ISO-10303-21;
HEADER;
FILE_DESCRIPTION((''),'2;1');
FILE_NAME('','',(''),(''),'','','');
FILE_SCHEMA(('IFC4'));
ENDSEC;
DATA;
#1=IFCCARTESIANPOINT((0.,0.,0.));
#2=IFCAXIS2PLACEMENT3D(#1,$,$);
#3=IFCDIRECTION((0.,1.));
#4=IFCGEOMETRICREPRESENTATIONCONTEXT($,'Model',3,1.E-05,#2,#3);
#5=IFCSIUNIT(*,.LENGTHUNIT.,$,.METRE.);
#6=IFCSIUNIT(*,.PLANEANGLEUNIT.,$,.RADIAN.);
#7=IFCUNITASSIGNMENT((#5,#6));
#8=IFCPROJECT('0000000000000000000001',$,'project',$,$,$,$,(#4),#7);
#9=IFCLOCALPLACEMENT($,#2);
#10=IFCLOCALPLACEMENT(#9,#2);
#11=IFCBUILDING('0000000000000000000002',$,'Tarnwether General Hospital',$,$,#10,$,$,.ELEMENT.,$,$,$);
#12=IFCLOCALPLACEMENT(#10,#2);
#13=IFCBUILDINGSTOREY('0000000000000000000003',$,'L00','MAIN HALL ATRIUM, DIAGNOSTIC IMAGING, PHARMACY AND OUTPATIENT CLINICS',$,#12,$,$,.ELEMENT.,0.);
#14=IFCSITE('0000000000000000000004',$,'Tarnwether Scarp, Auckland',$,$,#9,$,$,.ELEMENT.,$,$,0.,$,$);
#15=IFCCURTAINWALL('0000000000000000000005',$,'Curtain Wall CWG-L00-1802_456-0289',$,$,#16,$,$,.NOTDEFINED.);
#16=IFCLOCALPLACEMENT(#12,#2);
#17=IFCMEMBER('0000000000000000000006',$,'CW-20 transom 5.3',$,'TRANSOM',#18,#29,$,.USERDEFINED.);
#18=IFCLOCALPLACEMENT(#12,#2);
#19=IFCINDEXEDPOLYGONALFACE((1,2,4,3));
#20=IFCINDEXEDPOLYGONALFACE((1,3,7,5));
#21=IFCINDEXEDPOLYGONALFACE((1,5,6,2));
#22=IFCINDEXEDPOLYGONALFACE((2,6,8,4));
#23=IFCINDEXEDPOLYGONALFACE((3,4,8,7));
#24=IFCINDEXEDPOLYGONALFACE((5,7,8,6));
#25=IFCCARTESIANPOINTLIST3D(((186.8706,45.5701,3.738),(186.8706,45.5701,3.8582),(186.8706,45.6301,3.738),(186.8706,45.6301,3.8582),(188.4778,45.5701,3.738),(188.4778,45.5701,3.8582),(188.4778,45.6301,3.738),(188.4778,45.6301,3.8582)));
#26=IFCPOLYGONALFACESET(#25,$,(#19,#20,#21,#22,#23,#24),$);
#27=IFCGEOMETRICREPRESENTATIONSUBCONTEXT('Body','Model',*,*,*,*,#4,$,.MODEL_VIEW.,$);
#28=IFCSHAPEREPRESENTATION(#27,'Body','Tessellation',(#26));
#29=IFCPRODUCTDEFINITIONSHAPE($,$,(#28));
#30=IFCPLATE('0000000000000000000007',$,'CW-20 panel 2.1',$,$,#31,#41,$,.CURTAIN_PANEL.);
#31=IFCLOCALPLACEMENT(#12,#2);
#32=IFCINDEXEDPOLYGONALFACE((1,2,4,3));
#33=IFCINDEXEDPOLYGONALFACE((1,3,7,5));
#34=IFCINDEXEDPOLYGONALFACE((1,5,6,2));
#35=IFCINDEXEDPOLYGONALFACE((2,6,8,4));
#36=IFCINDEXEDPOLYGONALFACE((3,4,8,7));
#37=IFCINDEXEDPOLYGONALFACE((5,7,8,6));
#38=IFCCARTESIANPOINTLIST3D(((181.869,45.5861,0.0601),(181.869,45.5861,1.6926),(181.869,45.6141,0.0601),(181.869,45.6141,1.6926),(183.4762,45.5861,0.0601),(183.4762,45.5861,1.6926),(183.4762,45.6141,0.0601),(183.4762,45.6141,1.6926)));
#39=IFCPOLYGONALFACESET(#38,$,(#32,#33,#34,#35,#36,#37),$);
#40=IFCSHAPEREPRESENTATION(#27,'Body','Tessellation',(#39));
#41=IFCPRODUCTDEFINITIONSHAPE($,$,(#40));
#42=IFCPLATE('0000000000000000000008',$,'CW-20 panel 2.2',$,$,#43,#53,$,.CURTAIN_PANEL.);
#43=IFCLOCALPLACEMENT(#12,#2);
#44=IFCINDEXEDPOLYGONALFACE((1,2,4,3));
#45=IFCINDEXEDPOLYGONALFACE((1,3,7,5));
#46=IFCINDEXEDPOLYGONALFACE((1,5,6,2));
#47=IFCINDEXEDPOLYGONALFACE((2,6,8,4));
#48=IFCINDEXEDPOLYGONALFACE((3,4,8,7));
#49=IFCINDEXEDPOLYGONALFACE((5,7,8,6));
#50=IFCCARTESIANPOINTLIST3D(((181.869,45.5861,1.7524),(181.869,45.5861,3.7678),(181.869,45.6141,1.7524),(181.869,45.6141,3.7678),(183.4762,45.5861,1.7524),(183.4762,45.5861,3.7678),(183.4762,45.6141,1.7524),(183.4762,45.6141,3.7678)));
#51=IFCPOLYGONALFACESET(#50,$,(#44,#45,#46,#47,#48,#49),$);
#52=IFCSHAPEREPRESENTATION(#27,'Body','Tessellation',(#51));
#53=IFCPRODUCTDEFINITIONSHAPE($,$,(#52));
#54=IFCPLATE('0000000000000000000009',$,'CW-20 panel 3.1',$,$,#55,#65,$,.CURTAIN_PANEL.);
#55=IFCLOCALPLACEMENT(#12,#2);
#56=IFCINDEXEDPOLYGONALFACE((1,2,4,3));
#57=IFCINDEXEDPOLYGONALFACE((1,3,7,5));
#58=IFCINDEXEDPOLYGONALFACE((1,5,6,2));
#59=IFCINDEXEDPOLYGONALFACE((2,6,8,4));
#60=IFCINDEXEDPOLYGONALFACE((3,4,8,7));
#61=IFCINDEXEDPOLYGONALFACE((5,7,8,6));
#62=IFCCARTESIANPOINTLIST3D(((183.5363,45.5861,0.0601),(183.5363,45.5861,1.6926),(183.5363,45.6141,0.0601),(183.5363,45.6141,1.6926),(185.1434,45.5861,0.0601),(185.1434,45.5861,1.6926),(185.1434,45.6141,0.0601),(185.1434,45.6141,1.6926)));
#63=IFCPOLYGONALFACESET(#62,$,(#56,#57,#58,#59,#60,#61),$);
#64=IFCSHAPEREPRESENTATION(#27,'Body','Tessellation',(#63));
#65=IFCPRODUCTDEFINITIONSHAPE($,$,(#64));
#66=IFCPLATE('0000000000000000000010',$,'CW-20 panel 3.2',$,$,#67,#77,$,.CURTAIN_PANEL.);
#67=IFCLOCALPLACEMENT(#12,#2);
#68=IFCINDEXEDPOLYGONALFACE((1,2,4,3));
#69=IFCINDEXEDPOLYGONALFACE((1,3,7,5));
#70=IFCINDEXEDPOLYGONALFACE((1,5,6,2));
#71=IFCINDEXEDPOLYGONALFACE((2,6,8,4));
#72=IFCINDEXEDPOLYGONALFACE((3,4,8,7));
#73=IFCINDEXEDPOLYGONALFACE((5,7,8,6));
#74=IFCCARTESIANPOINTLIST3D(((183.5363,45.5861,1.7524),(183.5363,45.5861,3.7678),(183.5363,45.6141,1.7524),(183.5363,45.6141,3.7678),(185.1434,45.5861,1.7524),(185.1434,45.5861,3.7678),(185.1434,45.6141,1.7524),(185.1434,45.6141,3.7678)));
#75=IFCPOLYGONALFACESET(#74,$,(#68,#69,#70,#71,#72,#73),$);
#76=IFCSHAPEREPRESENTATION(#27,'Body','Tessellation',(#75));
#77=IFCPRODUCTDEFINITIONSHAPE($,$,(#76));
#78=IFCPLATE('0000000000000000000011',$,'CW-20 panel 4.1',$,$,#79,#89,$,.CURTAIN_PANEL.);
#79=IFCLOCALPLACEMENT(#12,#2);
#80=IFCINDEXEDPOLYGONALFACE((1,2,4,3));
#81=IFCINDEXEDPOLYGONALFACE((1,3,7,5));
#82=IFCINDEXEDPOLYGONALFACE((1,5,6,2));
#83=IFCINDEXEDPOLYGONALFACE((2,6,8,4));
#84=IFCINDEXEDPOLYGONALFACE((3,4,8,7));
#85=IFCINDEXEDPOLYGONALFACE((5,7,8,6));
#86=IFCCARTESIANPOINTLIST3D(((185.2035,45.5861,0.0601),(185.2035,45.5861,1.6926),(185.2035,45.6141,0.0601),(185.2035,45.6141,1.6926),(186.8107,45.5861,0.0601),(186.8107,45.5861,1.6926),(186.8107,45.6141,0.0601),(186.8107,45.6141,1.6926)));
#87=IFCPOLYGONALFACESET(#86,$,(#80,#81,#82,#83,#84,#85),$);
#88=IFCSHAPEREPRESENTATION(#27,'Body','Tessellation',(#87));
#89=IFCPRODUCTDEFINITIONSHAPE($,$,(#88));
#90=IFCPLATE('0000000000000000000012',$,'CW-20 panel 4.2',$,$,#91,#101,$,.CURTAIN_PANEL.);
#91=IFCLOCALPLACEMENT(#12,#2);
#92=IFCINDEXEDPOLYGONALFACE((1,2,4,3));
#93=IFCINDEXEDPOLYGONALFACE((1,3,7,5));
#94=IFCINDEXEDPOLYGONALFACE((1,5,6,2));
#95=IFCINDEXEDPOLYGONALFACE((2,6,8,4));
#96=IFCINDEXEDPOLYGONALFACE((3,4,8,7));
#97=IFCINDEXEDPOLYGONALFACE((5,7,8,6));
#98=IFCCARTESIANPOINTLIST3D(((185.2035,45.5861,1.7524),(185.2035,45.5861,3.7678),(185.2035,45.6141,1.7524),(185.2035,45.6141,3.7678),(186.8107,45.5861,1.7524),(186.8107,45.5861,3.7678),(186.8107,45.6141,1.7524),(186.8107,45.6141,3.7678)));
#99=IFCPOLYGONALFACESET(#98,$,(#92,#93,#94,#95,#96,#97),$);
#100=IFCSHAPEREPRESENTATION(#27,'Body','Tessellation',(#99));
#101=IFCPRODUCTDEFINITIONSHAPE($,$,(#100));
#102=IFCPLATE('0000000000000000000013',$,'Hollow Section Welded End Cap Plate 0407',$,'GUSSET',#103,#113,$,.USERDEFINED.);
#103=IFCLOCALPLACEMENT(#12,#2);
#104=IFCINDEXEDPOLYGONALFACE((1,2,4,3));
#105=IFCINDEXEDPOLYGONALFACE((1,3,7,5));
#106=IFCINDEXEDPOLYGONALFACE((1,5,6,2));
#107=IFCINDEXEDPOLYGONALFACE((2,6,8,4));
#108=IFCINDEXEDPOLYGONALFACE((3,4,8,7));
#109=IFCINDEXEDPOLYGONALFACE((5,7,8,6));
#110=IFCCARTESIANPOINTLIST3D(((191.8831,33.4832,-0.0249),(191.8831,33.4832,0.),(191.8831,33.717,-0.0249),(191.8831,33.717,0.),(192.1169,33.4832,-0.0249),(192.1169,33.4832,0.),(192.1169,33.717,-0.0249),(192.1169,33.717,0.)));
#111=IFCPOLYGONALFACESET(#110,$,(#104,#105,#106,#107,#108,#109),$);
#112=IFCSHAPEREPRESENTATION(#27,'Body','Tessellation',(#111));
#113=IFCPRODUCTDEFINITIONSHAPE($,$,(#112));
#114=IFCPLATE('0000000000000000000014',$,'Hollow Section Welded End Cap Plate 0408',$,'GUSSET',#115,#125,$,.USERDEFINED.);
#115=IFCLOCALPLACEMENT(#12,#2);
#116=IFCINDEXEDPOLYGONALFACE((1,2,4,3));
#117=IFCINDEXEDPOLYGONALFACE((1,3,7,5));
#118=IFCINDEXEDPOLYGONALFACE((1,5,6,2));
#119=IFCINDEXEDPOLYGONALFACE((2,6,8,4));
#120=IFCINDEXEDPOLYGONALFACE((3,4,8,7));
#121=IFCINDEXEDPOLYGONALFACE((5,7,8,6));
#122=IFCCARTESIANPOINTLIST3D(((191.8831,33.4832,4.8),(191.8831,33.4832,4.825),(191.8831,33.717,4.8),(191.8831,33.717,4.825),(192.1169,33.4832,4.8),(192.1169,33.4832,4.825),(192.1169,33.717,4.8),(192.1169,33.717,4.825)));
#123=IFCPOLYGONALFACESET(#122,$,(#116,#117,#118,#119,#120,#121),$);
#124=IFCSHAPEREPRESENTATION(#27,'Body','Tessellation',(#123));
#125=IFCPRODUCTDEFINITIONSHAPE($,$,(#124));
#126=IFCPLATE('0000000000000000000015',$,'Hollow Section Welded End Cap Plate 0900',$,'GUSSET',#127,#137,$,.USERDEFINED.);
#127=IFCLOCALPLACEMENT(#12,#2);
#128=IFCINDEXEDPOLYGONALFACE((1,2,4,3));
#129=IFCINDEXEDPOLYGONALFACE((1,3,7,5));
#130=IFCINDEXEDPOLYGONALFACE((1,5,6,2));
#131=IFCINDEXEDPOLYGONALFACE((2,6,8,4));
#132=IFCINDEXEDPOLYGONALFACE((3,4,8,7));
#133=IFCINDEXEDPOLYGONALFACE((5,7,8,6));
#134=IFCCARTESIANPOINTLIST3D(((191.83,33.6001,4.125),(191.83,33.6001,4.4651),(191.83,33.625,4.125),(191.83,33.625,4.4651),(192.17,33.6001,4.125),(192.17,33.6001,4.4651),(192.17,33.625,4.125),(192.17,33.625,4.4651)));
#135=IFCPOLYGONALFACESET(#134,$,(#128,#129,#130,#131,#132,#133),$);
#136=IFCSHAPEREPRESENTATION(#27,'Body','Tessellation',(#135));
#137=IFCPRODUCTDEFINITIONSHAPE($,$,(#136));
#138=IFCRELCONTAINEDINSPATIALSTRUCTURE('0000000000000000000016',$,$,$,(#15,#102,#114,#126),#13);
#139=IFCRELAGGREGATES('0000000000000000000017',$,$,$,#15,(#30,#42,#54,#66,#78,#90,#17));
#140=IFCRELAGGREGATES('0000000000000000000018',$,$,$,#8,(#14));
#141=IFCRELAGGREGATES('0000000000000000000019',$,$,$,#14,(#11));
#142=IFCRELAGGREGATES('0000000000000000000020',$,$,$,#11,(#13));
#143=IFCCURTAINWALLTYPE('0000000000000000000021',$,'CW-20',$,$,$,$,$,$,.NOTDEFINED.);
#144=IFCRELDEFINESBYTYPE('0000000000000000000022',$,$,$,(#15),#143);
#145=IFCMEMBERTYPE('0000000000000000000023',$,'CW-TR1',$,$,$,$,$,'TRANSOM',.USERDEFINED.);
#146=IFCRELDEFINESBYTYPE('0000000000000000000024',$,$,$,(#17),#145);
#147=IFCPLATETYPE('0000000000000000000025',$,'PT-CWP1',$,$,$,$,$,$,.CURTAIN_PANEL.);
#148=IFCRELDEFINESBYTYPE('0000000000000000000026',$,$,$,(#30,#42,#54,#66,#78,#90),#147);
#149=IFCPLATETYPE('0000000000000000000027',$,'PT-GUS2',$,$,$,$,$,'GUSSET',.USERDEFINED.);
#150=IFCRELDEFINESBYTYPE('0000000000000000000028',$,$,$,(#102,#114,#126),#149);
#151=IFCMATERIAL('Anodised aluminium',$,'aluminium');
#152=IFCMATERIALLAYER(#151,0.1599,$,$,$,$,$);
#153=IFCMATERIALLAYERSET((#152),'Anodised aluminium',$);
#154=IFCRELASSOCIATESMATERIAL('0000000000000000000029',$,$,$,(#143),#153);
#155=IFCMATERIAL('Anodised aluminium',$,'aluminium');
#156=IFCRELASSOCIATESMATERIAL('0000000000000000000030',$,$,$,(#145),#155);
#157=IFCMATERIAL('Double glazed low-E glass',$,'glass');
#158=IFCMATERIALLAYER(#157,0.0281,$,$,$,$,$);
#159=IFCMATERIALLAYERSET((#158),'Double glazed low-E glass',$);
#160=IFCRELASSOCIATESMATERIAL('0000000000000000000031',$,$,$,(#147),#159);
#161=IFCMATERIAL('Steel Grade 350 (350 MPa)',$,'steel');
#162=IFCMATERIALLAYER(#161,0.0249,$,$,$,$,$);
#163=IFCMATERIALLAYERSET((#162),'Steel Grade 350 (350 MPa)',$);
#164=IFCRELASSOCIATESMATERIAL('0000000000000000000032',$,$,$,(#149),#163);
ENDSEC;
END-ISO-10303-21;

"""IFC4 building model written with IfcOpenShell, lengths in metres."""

from ifc_helpers import new_model, si_unit, direction, frame, origin, origin_2d, place, context, subcontext, project, spatial, rectangle, extrude, material, layer, layer_set, material_profile, profile_set, type_object, element, aggregate, save


model = new_model("IFC4")

# Units and contexts
model_context = context("Model", 3, precision=1e-05, world=origin(), true_north=direction((0.0, 1.0)))
body_context = subcontext(model_context, "Body", "Model", "MODEL_VIEW")
ifc_project = project(units=[si_unit("LENGTHUNIT", "METRE"), si_unit("PLANEANGLEUNIT", "RADIAN")], contexts=[model_context])

# Site, building, storey
site_placement = place(None, origin())
site = spatial("IfcSite", under=ifc_project, at=site_placement, Name="Tarnwether Scarp, Auckland", CompositionType="ELEMENT", RefElevation=0.0)
building_placement = place(site_placement, origin())
building = spatial("IfcBuilding", under=site, at=building_placement, Name="Tarnwether General Hospital", CompositionType="ELEMENT")
storey_placement = place(building_placement, origin())
storey = spatial("IfcBuildingStorey", under=building, at=storey_placement, Name="L00", Description="MAIN HALL ATRIUM, DIAGNOSTIC IMAGING, PHARMACY AND OUTPATIENT CLINICS", CompositionType="ELEMENT", Elevation=0.0)

# Curtain wall, member, plates
ifc_material_1 = material(Name="Anodised aluminium", Category="aluminium")
ifc_layer_1 = layer(ifc_material_1, 0.1599)
ifc_layer_set_1 = layer_set([ifc_layer_1], Name="Anodised aluminium")
curtain_wall_type = type_object("IfcCurtainWallType", Name="CW-20", PredefinedType="NOTDEFINED", material=ifc_layer_set_1)
curtain_wall_placement = place(storey_placement, origin())
curtain_wall = element("IfcCurtainWall", 1, at=curtain_wall_placement, inside=storey, type_object=curtain_wall_type, Name="Curtain Wall CWG-L00-1802_456-0289", PredefinedType="NOTDEFINED")
ifc_material_2 = material(Name="Anodised aluminium", Category="aluminium")
ifc_material_profile_1 = material_profile(ifc_material_2, rectangle(XDim=0.0601, YDim=0.1201, at=origin_2d()), Name="ALU-TRN-60x120")
ifc_profile_set_1 = profile_set([ifc_material_profile_1], Name="Anodised aluminium")
member_type_1 = type_object("IfcMemberType", Name="CW-TR1", ElementType="TRANSOM", PredefinedType="USERDEFINED", material=ifc_profile_set_1)
member_1_placement = place(storey_placement, frame((186.8706, 45.6001, 3.7981), z_axis=(1.0, 0.0, 0.0), x_axis=(0.0, 1.0, 0.0)))
member_1 = element("IfcMember", 2, at=member_1_placement, type_object=member_type_1, Name="CW-20 transom 5.3", ObjectType="TRANSOM", PredefinedType="USERDEFINED", context=body_context, shape_type="SweptSolid", body=[
    extrude(rectangle(XDim=0.0601, YDim=0.1201, at=origin_2d()), origin(), (0.0, 0.0, 1.0), 1.6072),
])
ifc_material_3 = material(Name="Double glazed low-E glass", Category="glass")
ifc_layer_2 = layer(ifc_material_3, 0.0281)
ifc_layer_set_2 = layer_set([ifc_layer_2], Name="Double glazed low-E glass")
plate_type_1 = type_object("IfcPlateType", Name="PT-CWP1", PredefinedType="CURTAIN_PANEL", material=ifc_layer_set_2)
plate_1_placement = place(storey_placement, frame((182.6726, 45.6001, 0.0601), z_axis=(0.0, 0.0, 1.0), x_axis=(1.0, 0.0, 0.0)))
plate_1 = element("IfcPlate", 3, at=plate_1_placement, type_object=plate_type_1, Name="CW-20 panel 2.1", PredefinedType="CURTAIN_PANEL", context=body_context, shape_type="SweptSolid", body=[
    extrude(rectangle(XDim=1.6072, YDim=0.0281, at=origin_2d()), origin(), (0.0, 0.0, 1.0), 1.6326),
])
plate_2_placement = place(storey_placement, frame((182.6726, 45.6001, 1.7524), z_axis=(0.0, 0.0, 1.0), x_axis=(1.0, 0.0, 0.0)))
plate_2 = element("IfcPlate", 4, at=plate_2_placement, type_object=plate_type_1, Name="CW-20 panel 2.2", PredefinedType="CURTAIN_PANEL", context=body_context, shape_type="SweptSolid", body=[
    extrude(rectangle(XDim=1.6072, YDim=0.0281, at=origin_2d()), origin(), (0.0, 0.0, 1.0), 2.0154),
])
plate_3_placement = place(storey_placement, frame((184.3398, 45.6001, 0.0601), z_axis=(0.0, 0.0, 1.0), x_axis=(1.0, 0.0, 0.0)))
plate_3 = element("IfcPlate", 5, at=plate_3_placement, type_object=plate_type_1, Name="CW-20 panel 3.1", PredefinedType="CURTAIN_PANEL", context=body_context, shape_type="SweptSolid", body=[
    extrude(rectangle(XDim=1.6072, YDim=0.0281, at=origin_2d()), origin(), (0.0, 0.0, 1.0), 1.6326),
])
plate_4_placement = place(storey_placement, frame((184.3398, 45.6001, 1.7524), z_axis=(0.0, 0.0, 1.0), x_axis=(1.0, 0.0, 0.0)))
plate_4 = element("IfcPlate", 6, at=plate_4_placement, type_object=plate_type_1, Name="CW-20 panel 3.2", PredefinedType="CURTAIN_PANEL", context=body_context, shape_type="SweptSolid", body=[
    extrude(rectangle(XDim=1.6072, YDim=0.0281, at=origin_2d()), origin(), (0.0, 0.0, 1.0), 2.0154),
])
plate_5_placement = place(storey_placement, frame((186.0071, 45.6001, 0.0601), z_axis=(0.0, 0.0, 1.0), x_axis=(1.0, 0.0, 0.0)))
plate_5 = element("IfcPlate", 7, at=plate_5_placement, type_object=plate_type_1, Name="CW-20 panel 4.1", PredefinedType="CURTAIN_PANEL", context=body_context, shape_type="SweptSolid", body=[
    extrude(rectangle(XDim=1.6072, YDim=0.0281, at=origin_2d()), origin(), (0.0, 0.0, 1.0), 1.6326),
])
plate_6_placement = place(storey_placement, frame((186.0071, 45.6001, 1.7524), z_axis=(0.0, 0.0, 1.0), x_axis=(1.0, 0.0, 0.0)))
plate_6 = element("IfcPlate", 8, at=plate_6_placement, type_object=plate_type_1, Name="CW-20 panel 4.2", PredefinedType="CURTAIN_PANEL", context=body_context, shape_type="SweptSolid", body=[
    extrude(rectangle(XDim=1.6072, YDim=0.0281, at=origin_2d()), origin(), (0.0, 0.0, 1.0), 2.0154),
])
aggregate(curtain_wall, [plate_1, plate_2, plate_3, plate_4, plate_5, plate_6, member_1])

# Plates
ifc_material_4 = material(Name="Steel Grade 350 (350 MPa)", Category="steel")
ifc_layer_3 = layer(ifc_material_4, 0.0249)
ifc_layer_set_3 = layer_set([ifc_layer_3], Name="Steel Grade 350 (350 MPa)")
plate_type_2 = type_object("IfcPlateType", Name="PT-GUS2", ElementType="GUSSET", PredefinedType="USERDEFINED", material=ifc_layer_set_3)
for number, where, z_axis, x_axis, name in (
    (9, (192.0, 33.6001, -0.0249), (0.0, 0.0, 1.0), (1.0, 0.0, 0.0), "Hollow Section Welded End Cap Plate 0407"),
    (10, (192.0, 33.6001, 4.8), (0.0, 0.0, 1.0), (1.0, 0.0, 0.0), "Hollow Section Welded End Cap Plate 0408"),
):
    element("IfcPlate", number, at=place(storey_placement, frame(where, z_axis=z_axis, x_axis=x_axis)), inside=storey, type_object=plate_type_2, Name=name, ObjectType="GUSSET", PredefinedType="USERDEFINED", context=body_context, shape_type="SweptSolid", body=[
        extrude(rectangle(XDim=0.2339, YDim=0.2339, at=origin_2d()), origin(), (0.0, 0.0, 1.0), 0.0249),
    ])
plate_7_placement = place(storey_placement, frame((192.0, 33.6125, 4.125), z_axis=(0.0, 0.0, 1.0), x_axis=(0.0, 1.0, 0.0)))
element("IfcPlate", 11, at=plate_7_placement, inside=storey, type_object=plate_type_2, Name="Hollow Section Welded End Cap Plate 0900", ObjectType="GUSSET", PredefinedType="USERDEFINED", context=body_context, shape_type="SweptSolid", body=[
    extrude(rectangle(XDim=0.0249, YDim=0.3401, at=origin_2d()), origin(), (0.0, 0.0, 1.0), 0.3401),
])

save(model, "model.ifc")
